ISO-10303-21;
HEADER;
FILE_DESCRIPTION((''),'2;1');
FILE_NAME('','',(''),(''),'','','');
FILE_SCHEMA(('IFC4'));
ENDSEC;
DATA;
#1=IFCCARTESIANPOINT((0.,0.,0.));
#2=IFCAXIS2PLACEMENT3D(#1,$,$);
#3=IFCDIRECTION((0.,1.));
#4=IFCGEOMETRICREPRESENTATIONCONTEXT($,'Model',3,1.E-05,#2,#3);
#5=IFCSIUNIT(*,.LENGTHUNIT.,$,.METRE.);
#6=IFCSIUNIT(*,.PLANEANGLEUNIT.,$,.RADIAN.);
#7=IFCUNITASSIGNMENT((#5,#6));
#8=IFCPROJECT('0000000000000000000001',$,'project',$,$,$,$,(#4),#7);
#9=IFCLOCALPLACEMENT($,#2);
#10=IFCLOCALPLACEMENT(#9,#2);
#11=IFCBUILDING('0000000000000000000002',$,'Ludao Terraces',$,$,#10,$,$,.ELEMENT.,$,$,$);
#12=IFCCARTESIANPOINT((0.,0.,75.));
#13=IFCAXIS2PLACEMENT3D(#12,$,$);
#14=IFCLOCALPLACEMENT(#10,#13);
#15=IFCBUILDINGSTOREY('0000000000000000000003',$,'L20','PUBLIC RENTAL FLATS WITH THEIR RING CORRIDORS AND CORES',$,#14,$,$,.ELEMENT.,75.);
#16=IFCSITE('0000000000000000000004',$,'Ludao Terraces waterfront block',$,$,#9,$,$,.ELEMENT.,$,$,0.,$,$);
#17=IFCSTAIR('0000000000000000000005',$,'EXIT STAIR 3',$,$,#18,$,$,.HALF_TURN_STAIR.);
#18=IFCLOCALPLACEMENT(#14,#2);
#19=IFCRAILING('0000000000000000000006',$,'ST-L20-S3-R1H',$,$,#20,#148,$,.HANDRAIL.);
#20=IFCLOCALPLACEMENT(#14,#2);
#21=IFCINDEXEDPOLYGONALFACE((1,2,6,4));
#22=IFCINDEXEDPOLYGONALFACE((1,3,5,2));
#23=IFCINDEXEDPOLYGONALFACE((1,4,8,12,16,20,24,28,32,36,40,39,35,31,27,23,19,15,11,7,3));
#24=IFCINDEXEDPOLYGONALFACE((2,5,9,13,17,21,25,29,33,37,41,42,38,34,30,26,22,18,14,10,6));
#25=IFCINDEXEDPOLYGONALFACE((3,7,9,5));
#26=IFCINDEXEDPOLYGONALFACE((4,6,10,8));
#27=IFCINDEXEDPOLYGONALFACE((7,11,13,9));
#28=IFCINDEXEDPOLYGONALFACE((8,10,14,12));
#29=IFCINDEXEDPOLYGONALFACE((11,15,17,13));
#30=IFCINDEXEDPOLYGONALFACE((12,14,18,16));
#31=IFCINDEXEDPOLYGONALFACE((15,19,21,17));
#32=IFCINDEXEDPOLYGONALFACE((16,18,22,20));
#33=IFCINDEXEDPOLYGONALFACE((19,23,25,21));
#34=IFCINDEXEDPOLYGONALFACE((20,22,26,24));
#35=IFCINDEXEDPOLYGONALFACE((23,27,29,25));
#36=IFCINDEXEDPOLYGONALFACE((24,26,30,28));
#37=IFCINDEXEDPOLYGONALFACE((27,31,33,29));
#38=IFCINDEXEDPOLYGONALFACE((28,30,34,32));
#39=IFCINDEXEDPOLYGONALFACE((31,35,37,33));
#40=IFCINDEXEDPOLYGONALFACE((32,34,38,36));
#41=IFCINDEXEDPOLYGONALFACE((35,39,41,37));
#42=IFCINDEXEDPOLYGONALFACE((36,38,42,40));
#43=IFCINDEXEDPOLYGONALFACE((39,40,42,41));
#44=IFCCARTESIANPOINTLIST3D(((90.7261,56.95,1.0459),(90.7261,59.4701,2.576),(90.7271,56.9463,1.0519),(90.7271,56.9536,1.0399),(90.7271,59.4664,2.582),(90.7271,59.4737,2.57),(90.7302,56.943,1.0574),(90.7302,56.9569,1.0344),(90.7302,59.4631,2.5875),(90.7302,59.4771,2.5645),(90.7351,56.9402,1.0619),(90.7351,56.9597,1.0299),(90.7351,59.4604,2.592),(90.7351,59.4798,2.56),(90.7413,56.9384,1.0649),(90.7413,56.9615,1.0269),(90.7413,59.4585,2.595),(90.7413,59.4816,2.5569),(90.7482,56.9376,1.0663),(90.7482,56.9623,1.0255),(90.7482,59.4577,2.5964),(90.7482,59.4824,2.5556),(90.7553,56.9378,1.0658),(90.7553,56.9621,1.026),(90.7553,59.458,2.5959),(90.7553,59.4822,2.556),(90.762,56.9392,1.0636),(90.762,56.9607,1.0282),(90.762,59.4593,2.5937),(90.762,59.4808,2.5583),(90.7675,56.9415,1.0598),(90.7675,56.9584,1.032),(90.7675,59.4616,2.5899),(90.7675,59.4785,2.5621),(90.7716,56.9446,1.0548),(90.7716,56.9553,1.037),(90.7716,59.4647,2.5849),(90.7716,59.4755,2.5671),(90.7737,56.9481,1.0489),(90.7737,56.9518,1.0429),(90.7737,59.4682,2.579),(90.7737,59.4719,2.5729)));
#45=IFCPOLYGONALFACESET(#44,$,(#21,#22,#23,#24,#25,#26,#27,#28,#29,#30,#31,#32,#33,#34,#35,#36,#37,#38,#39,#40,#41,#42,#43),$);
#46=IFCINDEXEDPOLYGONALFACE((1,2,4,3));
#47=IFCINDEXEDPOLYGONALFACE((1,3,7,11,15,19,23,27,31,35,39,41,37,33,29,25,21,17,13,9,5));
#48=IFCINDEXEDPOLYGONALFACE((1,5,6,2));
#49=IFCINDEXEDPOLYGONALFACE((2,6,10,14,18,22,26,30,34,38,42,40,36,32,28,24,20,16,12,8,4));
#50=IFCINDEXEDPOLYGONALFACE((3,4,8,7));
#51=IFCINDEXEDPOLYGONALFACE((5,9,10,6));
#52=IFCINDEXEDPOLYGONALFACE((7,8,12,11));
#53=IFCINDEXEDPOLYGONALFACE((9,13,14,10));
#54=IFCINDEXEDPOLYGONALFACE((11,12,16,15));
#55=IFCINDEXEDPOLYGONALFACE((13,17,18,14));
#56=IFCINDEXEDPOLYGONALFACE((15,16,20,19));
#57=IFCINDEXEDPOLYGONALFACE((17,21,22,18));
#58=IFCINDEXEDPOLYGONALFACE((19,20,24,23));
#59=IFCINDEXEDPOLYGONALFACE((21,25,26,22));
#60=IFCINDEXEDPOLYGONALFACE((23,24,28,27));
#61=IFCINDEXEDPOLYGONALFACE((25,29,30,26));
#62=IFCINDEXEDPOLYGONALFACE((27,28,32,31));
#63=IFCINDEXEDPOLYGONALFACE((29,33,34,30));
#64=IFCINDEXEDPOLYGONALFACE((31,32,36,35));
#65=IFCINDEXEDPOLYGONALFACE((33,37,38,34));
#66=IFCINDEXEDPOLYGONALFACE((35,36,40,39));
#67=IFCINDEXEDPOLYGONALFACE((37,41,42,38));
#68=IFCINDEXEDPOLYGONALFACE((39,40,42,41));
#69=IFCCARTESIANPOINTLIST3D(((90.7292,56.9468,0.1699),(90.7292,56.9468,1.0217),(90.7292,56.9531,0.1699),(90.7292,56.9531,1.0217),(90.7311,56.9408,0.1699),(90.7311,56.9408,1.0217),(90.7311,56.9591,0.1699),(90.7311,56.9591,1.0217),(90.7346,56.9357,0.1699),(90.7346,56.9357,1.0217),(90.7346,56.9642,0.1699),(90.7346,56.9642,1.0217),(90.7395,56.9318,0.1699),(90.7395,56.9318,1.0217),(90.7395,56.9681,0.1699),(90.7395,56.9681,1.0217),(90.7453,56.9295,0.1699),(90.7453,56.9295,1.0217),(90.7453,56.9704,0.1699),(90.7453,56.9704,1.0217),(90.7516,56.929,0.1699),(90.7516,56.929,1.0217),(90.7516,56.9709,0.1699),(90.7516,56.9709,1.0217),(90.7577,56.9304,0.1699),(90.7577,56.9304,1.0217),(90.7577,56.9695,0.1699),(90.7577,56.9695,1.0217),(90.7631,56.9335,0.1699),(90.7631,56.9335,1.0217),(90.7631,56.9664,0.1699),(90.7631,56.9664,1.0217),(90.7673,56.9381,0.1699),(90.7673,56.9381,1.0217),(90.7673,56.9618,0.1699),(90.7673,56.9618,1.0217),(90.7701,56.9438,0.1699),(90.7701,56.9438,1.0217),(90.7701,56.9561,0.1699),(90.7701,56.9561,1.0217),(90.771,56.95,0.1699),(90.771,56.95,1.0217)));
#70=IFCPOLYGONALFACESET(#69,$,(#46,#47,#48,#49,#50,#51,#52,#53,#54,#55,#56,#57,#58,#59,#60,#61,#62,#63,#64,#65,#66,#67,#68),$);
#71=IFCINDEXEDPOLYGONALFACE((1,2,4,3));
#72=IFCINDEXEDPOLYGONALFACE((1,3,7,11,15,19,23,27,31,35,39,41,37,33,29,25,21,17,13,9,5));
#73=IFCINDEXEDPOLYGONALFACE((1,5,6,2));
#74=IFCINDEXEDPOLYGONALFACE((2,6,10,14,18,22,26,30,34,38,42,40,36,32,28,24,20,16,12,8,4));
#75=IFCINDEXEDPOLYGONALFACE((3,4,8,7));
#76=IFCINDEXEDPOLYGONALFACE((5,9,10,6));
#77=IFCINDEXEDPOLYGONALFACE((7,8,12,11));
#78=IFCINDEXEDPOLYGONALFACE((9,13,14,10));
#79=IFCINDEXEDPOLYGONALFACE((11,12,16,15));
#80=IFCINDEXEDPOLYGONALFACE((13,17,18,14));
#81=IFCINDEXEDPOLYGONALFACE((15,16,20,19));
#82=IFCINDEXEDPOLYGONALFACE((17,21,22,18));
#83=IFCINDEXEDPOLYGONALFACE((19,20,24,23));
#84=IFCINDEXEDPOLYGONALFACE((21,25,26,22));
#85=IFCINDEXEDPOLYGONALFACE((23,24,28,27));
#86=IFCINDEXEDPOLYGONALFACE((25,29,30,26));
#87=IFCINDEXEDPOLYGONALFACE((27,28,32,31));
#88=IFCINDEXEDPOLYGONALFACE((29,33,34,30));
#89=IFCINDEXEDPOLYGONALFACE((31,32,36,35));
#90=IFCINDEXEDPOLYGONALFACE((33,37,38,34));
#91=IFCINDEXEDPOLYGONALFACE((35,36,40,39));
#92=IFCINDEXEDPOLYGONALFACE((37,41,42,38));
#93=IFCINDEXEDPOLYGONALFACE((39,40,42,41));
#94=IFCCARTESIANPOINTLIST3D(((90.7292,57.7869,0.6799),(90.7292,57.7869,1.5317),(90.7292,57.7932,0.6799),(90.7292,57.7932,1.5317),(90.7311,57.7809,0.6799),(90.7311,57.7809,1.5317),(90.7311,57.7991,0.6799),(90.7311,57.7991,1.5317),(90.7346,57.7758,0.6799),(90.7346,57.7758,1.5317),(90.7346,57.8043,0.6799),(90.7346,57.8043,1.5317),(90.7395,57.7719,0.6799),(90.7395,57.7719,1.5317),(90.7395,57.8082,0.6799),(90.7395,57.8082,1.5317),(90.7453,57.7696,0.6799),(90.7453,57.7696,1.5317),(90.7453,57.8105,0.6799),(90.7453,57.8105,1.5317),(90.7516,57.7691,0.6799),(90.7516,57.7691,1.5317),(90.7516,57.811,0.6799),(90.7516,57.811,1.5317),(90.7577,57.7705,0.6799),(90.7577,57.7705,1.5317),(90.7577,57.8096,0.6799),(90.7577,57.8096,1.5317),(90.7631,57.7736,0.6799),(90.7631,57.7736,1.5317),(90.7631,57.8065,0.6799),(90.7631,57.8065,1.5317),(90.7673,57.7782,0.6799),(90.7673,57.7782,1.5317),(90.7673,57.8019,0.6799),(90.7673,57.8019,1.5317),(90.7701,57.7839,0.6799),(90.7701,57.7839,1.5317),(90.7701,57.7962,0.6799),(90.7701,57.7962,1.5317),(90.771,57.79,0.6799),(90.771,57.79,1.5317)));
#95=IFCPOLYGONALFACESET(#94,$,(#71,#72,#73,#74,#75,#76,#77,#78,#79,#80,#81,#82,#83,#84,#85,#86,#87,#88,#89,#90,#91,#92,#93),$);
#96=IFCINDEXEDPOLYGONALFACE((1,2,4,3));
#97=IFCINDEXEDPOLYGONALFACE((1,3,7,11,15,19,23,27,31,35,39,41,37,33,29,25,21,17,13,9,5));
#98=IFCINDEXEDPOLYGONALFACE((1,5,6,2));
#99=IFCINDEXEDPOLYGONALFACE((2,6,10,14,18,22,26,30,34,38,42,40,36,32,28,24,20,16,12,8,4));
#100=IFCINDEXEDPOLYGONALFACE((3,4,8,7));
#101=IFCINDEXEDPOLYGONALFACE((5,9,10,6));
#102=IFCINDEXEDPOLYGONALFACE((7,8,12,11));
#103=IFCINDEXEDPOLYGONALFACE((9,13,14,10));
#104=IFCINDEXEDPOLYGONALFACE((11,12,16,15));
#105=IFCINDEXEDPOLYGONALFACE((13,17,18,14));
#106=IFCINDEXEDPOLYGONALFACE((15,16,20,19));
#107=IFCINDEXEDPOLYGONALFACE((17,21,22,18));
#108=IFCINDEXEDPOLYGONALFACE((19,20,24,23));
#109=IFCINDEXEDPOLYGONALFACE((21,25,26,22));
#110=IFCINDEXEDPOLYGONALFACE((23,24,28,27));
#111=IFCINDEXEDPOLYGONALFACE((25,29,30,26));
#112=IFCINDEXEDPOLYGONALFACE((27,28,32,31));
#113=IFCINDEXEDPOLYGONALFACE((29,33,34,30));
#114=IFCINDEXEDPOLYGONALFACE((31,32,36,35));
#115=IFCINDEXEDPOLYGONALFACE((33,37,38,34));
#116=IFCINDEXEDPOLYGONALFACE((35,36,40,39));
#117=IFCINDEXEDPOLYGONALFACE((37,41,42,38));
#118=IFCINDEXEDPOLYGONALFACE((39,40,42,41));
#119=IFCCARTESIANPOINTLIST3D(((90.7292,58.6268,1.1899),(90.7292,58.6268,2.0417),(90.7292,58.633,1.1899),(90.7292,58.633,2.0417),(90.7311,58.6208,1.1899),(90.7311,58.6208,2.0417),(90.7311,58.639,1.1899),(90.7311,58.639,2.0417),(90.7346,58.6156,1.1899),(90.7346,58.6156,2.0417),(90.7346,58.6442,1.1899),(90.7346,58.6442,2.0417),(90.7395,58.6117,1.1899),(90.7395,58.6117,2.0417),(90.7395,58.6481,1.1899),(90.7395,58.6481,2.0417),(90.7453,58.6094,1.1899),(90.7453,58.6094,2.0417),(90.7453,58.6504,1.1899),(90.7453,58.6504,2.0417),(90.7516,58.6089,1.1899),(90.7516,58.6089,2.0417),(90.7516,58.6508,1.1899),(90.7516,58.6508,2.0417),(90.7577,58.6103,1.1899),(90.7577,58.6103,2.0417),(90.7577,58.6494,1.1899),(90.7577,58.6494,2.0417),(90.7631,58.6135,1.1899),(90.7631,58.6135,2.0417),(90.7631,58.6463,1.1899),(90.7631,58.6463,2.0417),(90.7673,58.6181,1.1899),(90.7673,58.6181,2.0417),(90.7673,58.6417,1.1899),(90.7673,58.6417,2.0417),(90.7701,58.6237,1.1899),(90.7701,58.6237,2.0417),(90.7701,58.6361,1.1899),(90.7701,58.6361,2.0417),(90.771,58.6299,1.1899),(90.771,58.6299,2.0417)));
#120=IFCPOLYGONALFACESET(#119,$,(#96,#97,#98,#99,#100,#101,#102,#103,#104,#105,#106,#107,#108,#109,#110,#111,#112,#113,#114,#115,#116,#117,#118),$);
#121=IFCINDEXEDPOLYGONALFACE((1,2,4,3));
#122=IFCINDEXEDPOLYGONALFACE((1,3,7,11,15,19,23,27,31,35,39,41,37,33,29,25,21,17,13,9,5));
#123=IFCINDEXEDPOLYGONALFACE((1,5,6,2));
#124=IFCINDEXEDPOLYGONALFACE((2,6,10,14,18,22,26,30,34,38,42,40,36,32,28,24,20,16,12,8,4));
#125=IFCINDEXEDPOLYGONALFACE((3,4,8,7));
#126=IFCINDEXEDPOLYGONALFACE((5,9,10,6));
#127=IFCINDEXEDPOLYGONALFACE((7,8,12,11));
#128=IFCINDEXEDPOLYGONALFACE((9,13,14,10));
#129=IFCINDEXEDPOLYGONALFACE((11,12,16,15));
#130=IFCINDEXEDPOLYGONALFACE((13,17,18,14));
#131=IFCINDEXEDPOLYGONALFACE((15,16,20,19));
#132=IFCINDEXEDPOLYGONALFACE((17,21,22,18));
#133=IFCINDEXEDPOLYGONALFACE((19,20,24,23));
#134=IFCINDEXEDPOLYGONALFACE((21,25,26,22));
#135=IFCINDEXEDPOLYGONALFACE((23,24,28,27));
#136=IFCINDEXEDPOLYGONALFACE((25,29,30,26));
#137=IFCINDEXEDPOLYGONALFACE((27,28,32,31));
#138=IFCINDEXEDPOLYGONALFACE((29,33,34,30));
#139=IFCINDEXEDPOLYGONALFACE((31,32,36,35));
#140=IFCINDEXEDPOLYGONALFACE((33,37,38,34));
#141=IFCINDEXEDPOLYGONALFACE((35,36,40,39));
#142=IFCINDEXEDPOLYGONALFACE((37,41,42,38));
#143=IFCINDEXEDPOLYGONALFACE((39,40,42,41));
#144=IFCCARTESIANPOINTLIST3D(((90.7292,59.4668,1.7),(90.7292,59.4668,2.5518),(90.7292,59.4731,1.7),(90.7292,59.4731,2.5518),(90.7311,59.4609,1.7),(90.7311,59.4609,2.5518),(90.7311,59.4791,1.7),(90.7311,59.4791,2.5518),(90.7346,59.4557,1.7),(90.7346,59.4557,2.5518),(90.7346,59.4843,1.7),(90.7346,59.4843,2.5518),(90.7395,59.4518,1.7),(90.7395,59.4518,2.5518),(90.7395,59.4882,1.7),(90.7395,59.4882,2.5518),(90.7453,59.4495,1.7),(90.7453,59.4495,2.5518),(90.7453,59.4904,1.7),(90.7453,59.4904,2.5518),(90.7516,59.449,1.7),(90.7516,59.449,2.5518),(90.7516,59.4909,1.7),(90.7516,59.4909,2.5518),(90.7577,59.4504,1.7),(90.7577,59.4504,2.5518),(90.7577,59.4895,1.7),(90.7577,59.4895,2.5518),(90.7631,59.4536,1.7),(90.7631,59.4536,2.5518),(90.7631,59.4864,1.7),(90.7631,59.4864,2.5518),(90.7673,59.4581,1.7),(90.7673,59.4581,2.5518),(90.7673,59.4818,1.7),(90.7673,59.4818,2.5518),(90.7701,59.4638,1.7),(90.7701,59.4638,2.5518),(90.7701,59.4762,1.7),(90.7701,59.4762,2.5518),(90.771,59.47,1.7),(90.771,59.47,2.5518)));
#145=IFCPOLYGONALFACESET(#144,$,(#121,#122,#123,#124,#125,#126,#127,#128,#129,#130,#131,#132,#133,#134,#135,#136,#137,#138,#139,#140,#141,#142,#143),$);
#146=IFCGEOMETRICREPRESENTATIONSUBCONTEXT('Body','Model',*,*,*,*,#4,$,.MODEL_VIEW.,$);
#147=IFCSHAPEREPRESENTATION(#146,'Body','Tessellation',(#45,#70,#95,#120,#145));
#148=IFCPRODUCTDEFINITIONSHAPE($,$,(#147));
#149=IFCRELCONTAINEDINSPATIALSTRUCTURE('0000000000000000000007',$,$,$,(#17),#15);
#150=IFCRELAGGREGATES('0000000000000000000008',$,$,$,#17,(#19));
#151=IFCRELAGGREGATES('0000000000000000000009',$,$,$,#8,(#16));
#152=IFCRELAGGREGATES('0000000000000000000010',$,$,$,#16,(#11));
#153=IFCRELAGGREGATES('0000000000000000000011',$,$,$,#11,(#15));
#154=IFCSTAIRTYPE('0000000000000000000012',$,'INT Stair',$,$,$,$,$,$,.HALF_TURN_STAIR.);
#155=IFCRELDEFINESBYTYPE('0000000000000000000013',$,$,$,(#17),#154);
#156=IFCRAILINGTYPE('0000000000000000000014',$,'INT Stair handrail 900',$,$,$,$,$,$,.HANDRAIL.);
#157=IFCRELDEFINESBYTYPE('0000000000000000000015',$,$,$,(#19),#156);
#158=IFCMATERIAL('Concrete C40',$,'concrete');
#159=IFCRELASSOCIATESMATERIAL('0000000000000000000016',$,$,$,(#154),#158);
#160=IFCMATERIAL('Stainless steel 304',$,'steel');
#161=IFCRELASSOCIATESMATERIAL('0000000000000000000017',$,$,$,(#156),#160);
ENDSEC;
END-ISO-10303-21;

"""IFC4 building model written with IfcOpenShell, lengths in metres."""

from ifc_helpers import new_model, si_unit, direction, frame, origin, origin_2d, place, context, subcontext, project, spatial, circle, extrude, material, type_object, element, aggregate, save


model = new_model("IFC4")

# Units and contexts
model_context = context("Model", 3, precision=1e-05, world=origin(), true_north=direction((0.0, 1.0)))
body_context = subcontext(model_context, "Body", "Model", "MODEL_VIEW")
ifc_project = project(units=[si_unit("LENGTHUNIT", "METRE"), si_unit("PLANEANGLEUNIT", "RADIAN")], contexts=[model_context])

# Site, building, storey
site_placement = place(None, origin())
site = spatial("IfcSite", under=ifc_project, at=site_placement, Name="Ludao Terraces waterfront block", CompositionType="ELEMENT", RefElevation=0.0)
building_placement = place(site_placement, origin())
building = spatial("IfcBuilding", under=site, at=building_placement, Name="Ludao Terraces", CompositionType="ELEMENT")
storey_placement = place(building_placement, frame((0.0, 0.0, 75.0)))
storey = spatial("IfcBuildingStorey", under=building, at=storey_placement, Name="L20", Description="PUBLIC RENTAL FLATS WITH THEIR RING CORRIDORS AND CORES", CompositionType="ELEMENT", Elevation=75.0)

# Stair, railing
ifc_material_1 = material(Name="Concrete C40", Category="concrete")
stair_type = type_object("IfcStairType", Name="INT Stair", PredefinedType="HALF_TURN_STAIR", material=ifc_material_1)
stair_placement = place(storey_placement, origin())
stair = element("IfcStair", 1, at=stair_placement, inside=storey, type_object=stair_type, Name="EXIT STAIR 3", PredefinedType="HALF_TURN_STAIR")
ifc_material_2 = material(Name="Stainless steel 304", Category="steel")
railing_type_1 = type_object("IfcRailingType", Name="INT Stair handrail 900", PredefinedType="HANDRAIL", material=ifc_material_2)
railing_1_placement = place(storey_placement, frame((90.75, 56.95, 0.1699)))
railing_1 = element("IfcRailing", 2, at=railing_1_placement, type_object=railing_type_1, Name="ST-L20-S3-R1H", PredefinedType="HANDRAIL", context=body_context, shape_type="SweptSolid", body=[
    extrude(circle(Radius=0.0239, at=origin_2d()), frame((0.0, 0.0, 0.876), z_axis=(0.0, 0.854785, 0.518982), x_axis=(-1.0, 0.0, 0.0)), (0.0, 0.0, 1.0), 2.9482),
    extrude(circle(Radius=0.021, at=origin_2d()), origin(), (0.0, 0.0, 1.0), 0.8518),
    extrude(circle(Radius=0.021, at=origin_2d()), frame((0.0, 0.8401, 0.51)), (0.0, 0.0, 1.0), 0.8518),
    extrude(circle(Radius=0.021, at=origin_2d()), frame((0.0, 1.6799, 1.02)), (0.0, 0.0, 1.0), 0.8518),
    extrude(circle(Radius=0.021, at=origin_2d()), frame((0.0, 2.52, 1.53)), (0.0, 0.0, 1.0), 0.8518),
])
aggregate(stair, [railing_1])

save(model, "model.ifc")
